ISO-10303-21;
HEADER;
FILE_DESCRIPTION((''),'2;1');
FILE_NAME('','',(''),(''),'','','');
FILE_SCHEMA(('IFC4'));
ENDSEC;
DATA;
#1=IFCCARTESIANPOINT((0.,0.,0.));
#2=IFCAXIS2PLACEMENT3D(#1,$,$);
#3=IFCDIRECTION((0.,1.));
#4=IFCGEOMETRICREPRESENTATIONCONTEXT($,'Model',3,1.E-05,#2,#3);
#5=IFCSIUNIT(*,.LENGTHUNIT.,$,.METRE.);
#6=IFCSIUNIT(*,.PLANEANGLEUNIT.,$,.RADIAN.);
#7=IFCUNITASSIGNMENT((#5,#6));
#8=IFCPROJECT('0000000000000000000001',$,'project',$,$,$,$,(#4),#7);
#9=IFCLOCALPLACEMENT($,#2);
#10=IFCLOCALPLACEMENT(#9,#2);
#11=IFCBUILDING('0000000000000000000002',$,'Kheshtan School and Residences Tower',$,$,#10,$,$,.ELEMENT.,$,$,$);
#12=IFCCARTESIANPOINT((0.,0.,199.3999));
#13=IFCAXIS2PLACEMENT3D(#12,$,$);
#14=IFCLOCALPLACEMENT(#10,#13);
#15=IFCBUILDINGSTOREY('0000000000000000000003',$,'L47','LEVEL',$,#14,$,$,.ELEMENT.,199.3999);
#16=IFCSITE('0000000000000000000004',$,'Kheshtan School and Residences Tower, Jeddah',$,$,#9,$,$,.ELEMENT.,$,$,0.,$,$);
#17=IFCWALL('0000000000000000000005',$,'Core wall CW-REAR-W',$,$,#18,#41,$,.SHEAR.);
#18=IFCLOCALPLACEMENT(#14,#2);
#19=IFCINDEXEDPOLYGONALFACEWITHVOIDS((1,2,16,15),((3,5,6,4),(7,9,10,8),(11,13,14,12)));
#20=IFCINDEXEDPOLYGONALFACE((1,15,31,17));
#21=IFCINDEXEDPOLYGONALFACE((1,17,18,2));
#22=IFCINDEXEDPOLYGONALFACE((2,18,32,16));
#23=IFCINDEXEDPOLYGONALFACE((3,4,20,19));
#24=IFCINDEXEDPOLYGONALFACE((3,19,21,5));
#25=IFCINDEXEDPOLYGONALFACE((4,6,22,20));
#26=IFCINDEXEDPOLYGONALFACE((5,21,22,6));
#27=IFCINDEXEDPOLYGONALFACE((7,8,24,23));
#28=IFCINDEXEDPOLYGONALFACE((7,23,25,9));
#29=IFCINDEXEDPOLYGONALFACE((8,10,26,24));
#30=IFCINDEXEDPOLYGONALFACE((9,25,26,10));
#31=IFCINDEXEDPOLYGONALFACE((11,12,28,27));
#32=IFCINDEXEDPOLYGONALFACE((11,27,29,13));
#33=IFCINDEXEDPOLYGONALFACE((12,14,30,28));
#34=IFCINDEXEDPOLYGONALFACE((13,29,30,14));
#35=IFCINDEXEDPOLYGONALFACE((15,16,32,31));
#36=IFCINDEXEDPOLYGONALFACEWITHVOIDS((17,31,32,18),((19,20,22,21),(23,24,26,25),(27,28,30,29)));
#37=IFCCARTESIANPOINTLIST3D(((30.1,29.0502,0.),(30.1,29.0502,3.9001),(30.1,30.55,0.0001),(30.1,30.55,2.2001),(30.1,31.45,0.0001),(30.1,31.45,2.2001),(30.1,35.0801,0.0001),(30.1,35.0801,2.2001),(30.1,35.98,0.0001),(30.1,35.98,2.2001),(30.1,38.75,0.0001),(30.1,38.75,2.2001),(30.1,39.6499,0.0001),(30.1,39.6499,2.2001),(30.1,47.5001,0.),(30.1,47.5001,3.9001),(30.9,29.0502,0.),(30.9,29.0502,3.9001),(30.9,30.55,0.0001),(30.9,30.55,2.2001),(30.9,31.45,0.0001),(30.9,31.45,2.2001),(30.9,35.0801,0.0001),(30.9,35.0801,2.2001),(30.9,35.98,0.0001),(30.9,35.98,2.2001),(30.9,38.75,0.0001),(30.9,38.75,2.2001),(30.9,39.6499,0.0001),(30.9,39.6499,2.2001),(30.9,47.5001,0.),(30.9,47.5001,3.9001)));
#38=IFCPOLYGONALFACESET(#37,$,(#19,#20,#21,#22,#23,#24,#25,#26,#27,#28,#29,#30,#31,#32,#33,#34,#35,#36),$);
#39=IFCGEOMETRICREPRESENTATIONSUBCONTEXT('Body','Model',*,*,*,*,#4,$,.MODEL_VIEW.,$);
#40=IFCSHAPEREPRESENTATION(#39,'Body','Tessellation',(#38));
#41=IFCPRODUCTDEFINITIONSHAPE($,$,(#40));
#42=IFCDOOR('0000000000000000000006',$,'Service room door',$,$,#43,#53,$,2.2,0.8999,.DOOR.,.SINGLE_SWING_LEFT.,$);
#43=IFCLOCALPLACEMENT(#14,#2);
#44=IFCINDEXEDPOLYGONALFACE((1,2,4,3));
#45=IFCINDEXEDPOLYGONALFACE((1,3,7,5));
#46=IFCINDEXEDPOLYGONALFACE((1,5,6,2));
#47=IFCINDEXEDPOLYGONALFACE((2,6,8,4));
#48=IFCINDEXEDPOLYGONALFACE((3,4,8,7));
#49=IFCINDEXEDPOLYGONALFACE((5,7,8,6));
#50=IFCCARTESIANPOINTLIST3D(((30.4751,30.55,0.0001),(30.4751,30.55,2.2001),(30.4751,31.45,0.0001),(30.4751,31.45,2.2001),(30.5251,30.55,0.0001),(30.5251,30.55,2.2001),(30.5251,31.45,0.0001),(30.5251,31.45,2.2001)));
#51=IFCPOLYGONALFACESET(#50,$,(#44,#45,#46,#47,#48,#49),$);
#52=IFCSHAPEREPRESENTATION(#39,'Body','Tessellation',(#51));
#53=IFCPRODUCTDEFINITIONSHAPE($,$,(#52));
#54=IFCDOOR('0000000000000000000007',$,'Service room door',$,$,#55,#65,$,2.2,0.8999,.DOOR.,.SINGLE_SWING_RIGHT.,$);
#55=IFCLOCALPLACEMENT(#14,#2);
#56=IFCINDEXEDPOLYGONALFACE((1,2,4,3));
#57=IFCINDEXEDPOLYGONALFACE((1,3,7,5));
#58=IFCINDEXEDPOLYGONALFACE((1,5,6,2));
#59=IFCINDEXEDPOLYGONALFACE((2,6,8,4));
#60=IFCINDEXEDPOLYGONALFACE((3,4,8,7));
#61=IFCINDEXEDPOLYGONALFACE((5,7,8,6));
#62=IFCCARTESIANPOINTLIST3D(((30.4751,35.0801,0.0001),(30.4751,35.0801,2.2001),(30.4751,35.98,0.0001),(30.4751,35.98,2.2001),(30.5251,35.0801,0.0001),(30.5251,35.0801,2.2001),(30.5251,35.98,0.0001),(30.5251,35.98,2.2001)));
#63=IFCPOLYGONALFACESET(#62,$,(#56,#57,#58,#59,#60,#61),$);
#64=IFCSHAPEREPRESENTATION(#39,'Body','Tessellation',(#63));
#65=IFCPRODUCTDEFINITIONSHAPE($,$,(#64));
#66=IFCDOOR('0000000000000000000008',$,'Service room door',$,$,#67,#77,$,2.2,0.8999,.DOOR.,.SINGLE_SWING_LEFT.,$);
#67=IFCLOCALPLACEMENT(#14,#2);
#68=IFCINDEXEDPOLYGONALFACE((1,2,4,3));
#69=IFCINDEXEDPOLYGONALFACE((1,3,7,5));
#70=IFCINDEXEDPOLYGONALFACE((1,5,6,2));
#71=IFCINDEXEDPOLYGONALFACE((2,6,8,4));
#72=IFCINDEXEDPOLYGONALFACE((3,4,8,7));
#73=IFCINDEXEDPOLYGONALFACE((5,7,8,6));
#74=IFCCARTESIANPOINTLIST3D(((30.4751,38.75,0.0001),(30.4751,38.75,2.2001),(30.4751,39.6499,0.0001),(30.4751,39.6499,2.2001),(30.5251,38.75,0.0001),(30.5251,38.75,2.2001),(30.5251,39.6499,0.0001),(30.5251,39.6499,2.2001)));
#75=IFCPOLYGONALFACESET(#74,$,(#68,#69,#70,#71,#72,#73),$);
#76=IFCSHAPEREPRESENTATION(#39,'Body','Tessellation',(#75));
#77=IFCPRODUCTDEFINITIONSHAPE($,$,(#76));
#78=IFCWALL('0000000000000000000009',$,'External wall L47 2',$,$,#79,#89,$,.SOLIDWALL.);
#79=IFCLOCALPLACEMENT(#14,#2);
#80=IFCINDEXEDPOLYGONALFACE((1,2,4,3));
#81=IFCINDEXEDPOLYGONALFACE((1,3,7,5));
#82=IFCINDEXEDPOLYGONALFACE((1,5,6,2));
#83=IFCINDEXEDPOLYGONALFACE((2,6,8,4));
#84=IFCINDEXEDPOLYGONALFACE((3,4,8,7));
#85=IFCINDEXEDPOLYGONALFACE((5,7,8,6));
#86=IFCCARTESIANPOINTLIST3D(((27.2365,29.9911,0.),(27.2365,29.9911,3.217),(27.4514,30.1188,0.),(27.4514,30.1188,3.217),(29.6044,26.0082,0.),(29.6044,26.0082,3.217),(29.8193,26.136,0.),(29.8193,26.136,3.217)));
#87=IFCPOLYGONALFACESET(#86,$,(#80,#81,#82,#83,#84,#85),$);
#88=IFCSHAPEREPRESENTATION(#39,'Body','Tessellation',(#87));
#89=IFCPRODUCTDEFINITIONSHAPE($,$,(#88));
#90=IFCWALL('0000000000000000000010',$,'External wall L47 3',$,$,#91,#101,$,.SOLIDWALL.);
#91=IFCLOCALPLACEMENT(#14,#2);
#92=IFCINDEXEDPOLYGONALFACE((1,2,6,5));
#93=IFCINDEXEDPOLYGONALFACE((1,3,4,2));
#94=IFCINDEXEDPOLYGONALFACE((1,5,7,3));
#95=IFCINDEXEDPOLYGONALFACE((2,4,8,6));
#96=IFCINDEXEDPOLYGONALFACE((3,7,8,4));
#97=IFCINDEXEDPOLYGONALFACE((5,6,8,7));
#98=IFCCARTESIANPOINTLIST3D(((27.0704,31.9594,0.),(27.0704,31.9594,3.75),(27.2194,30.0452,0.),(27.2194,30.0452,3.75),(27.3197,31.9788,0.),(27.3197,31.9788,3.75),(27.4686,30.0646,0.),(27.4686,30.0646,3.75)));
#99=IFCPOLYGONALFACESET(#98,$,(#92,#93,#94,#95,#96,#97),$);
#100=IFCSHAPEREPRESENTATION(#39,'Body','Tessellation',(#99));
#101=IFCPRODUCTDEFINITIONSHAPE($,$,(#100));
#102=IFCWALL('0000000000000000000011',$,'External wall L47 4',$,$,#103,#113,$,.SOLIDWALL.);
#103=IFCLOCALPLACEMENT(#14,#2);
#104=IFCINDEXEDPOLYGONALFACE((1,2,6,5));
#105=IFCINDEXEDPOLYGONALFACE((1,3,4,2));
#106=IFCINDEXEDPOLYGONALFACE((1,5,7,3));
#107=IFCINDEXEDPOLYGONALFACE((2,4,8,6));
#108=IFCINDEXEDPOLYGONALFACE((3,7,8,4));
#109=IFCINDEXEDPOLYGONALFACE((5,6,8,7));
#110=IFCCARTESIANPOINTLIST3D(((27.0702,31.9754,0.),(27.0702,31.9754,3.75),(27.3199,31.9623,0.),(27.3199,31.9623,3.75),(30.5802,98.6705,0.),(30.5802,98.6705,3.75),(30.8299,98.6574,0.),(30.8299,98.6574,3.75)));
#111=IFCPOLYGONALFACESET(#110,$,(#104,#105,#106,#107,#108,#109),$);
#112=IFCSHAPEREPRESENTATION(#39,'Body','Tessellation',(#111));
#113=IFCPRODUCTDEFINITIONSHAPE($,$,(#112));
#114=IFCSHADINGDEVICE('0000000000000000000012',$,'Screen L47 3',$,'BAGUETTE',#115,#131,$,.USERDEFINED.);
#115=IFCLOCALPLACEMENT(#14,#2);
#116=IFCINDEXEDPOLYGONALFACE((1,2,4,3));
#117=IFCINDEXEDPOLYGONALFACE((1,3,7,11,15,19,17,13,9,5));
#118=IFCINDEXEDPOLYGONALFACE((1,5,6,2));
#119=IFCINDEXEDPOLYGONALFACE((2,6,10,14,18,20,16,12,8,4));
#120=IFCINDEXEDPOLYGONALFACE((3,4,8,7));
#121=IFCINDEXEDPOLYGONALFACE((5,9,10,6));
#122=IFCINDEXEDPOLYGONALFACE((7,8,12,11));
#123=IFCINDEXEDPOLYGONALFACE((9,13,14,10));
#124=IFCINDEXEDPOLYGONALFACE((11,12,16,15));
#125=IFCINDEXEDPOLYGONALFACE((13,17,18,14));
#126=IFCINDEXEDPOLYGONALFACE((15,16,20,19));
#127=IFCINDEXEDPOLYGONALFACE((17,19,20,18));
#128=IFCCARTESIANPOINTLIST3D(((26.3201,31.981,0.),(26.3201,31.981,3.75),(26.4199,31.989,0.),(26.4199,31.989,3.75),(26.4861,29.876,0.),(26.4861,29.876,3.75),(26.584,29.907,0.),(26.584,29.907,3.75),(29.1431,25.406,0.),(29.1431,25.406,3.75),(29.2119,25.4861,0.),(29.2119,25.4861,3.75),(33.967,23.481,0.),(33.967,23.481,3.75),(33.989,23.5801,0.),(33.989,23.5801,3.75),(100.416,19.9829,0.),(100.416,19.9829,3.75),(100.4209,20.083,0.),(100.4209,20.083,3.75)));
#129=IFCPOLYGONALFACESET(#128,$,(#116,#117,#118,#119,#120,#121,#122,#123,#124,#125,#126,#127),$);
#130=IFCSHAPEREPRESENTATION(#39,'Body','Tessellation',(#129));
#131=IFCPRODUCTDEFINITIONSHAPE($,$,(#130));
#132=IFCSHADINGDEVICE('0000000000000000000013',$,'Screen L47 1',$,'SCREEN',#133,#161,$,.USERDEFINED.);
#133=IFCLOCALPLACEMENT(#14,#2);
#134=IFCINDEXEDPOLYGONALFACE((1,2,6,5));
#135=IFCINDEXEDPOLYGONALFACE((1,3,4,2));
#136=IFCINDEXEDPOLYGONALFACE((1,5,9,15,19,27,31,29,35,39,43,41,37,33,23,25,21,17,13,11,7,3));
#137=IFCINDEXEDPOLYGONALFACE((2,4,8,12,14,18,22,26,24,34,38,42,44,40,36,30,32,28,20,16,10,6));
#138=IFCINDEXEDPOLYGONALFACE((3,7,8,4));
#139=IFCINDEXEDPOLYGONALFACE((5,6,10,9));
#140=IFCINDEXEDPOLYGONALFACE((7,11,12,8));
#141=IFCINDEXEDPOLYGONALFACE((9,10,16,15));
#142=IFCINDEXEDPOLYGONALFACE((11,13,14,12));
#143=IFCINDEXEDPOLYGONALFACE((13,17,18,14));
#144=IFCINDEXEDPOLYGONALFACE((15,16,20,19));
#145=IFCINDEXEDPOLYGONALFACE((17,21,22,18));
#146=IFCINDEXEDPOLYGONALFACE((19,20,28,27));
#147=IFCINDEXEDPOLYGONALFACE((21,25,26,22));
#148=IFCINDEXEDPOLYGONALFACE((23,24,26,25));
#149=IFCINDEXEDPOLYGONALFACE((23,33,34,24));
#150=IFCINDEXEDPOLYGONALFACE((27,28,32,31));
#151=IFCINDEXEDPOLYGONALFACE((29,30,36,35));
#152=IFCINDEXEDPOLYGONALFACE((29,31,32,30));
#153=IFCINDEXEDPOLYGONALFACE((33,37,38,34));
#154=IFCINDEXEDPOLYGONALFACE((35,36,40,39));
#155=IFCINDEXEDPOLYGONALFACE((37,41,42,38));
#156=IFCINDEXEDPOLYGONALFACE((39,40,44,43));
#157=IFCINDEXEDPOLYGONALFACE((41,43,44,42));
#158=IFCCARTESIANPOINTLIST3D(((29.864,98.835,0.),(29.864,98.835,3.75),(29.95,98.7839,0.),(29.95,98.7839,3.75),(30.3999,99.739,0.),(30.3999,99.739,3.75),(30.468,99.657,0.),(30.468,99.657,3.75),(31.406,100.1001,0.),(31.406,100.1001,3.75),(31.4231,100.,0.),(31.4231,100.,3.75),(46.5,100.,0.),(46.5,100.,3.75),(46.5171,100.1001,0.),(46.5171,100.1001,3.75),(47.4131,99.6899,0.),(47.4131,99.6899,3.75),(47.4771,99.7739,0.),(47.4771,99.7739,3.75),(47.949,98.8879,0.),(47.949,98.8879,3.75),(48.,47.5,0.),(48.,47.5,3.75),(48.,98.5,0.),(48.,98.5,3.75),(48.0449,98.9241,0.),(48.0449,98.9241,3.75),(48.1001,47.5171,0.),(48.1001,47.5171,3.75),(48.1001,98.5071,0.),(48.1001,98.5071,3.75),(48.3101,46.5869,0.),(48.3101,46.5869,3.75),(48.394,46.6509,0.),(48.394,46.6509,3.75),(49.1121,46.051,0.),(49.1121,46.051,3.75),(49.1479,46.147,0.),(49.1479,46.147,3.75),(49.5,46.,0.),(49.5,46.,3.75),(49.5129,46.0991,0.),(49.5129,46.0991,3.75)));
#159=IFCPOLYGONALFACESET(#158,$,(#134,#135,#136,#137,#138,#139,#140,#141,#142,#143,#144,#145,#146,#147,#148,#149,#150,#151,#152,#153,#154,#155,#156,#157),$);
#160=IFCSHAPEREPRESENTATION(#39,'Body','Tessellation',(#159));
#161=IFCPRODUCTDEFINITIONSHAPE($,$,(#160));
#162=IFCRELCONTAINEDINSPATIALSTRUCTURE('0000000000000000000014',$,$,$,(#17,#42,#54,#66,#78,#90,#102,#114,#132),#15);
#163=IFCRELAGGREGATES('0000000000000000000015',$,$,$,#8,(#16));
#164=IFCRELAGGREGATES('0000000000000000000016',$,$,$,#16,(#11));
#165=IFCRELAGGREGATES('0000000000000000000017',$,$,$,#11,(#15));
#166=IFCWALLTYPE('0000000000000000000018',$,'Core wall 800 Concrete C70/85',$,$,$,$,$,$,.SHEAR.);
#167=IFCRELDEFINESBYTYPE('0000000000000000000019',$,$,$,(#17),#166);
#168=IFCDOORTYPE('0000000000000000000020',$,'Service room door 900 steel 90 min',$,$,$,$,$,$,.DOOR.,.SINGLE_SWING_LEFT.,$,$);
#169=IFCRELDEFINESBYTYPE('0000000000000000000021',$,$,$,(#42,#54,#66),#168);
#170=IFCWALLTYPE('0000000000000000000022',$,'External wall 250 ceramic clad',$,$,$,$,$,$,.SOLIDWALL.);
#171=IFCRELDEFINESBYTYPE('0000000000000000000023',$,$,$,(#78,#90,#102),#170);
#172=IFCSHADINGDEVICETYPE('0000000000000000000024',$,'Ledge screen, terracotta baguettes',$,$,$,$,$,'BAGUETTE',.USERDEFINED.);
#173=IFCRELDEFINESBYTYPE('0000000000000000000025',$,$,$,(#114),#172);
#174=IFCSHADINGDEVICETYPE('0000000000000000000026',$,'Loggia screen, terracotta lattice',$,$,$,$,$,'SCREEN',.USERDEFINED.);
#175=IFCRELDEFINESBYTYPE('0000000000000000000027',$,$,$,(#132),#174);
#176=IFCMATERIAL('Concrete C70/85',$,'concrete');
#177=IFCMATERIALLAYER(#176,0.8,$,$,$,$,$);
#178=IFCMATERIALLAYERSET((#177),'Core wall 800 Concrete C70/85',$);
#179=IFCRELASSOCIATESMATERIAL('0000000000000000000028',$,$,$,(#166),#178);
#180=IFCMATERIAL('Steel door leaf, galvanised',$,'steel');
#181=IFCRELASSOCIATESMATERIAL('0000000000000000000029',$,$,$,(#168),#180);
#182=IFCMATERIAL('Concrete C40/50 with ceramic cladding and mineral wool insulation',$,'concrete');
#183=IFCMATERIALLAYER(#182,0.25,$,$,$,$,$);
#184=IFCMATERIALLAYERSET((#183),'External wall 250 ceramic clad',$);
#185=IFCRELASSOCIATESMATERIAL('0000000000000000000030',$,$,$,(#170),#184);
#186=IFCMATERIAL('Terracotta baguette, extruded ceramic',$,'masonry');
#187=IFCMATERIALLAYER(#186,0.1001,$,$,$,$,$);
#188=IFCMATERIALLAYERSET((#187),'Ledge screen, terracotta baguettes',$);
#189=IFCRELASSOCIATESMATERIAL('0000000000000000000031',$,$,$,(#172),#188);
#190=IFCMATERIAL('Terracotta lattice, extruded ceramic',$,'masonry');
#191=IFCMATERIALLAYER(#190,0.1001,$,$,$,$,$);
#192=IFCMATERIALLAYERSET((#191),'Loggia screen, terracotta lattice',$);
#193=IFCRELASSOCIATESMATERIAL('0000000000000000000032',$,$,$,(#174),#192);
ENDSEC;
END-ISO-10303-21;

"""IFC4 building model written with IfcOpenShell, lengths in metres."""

from ifc_helpers import new_model, si_unit, direction, frame, frame_2d, origin, place, context, subcontext, project, spatial, polyline, rectangle, outline, extrude, source, transform, mapped, material, layer, layer_set, type_object, element, fill, save


model = new_model("IFC4")

# Units and contexts
model_context = context("Model", 3, precision=1e-05, world=origin(), true_north=direction((0.0, 1.0)))
body_context = subcontext(model_context, "Body", "Model", "MODEL_VIEW")
ifc_project = project(units=[si_unit("LENGTHUNIT", "METRE"), si_unit("PLANEANGLEUNIT", "RADIAN")], contexts=[model_context])

# Site, building, storey
site_placement = place(None, origin())
site = spatial("IfcSite", under=ifc_project, at=site_placement, Name="Kheshtan School and Residences Tower, Jeddah", CompositionType="ELEMENT", RefElevation=0.0)
building_placement = place(site_placement, origin())
building = spatial("IfcBuilding", under=site, at=building_placement, Name="Kheshtan School and Residences Tower", CompositionType="ELEMENT")
storey_placement = place(building_placement, frame((0.0, 0.0, 199.3999)))
storey = spatial("IfcBuildingStorey", under=building, at=storey_placement, Name="L47", Description="LEVEL", CompositionType="ELEMENT", Elevation=199.3999)

# Wall, openings, doors
ifc_material_1 = material(Name="Concrete C70/85", Category="concrete")
ifc_layer_1 = layer(ifc_material_1, 0.8)
ifc_layer_set_1 = layer_set([ifc_layer_1], Name="Core wall 800 Concrete C70/85")
wall_type_1 = type_object("IfcWallType", Name="Core wall 800 Concrete C70/85", PredefinedType="SHEAR", material=ifc_layer_set_1)
wall_1_placement = place(storey_placement, frame((30.5, 29.05, 0.0), z_axis=(0.0, 0.0, 1.0), x_axis=(0.0, 1.0, 0.0)))
wall_1 = element("IfcWall", 1, at=wall_1_placement, inside=storey, type_object=wall_type_1, Name="Core wall CW-REAR-W", PredefinedType="SHEAR", context=body_context, shape_type="SweptSolid", body=[
    extrude(rectangle(XDim=18.45, YDim=0.8, at=frame_2d((9.2251, 0.0))), origin(), (0.0, 0.0, 1.0), 3.9001),
])
opening_1_placement = place(wall_1_placement, frame((1.5, 0.0, 0.0)))
opening_1 = element("IfcOpeningElement", 2, at=opening_1_placement, cuts=wall_1, PredefinedType="OPENING", context=body_context, shape_type="SweptSolid", body=[
    extrude(rectangle(XDim=0.8999, YDim=2.2, at=frame_2d((0.45, 1.1001))), frame((0.0, 0.4102, 0.0), z_axis=(0.0, -1.0, 0.0), x_axis=(1.0, 0.0, 0.0)), (0.0, 0.0, 1.0), 0.8201),
])
opening_2_placement = place(wall_1_placement, frame((6.03, 0.0, 0.0)))
opening_2 = element("IfcOpeningElement", 3, at=opening_2_placement, cuts=wall_1, PredefinedType="OPENING", context=body_context, shape_type="SweptSolid", body=[
    extrude(rectangle(XDim=0.8999, YDim=2.2, at=frame_2d((0.45, 1.1001))), frame((0.0, 0.4102, 0.0), z_axis=(0.0, -1.0, 0.0), x_axis=(1.0, 0.0, 0.0)), (0.0, 0.0, 1.0), 0.8201),
])
opening_3_placement = place(wall_1_placement, frame((9.7, 0.0, 0.0)))
opening_3 = element("IfcOpeningElement", 4, at=opening_3_placement, cuts=wall_1, PredefinedType="OPENING", context=body_context, shape_type="SweptSolid", body=[
    extrude(rectangle(XDim=0.8999, YDim=2.2, at=frame_2d((0.45, 1.1001))), frame((0.0, 0.4102, 0.0), z_axis=(0.0, -1.0, 0.0), x_axis=(1.0, 0.0, 0.0)), (0.0, 0.0, 1.0), 0.8201),
])
ifc_material_2 = material(Name="Steel door leaf, galvanised", Category="steel")
door_type = type_object("IfcDoorType", Name="Service room door 900 steel 90 min", OperationType="SINGLE_SWING_LEFT", PredefinedType="DOOR", material=ifc_material_2)
shared_shape = source(origin(), body_context, "Body", "SweptSolid", [
    extrude(rectangle(XDim=0.8999, YDim=2.2, at=frame_2d((0.45, 1.1001))), frame((0.0, 0.0249, 0.0), z_axis=(0.0, -1.0, 0.0), x_axis=(1.0, 0.0, 0.0)), (0.0, 0.0, 1.0), 0.05),
])
door_1_placement = place(opening_1_placement, origin())
door_1 = element("IfcDoor", 5, at=door_1_placement, inside=storey, type_object=door_type, Name="Service room door", OperationType="SINGLE_SWING_LEFT", OverallHeight=2.2, OverallWidth=0.8999, PredefinedType="DOOR", context=body_context, shape_type="MappedRepresentation", body=[
    mapped(shared_shape, transform((0.0, 0.0, 0.0), x_axis=(1.0, 0.0, 0.0), y_axis=(0.0, 1.0, 0.0), z_axis=(0.0, 0.0, 1.0), scale=1.0)),
])
fill(opening_1, door_1)
door_2_placement = place(opening_2_placement, origin())
door_2 = element("IfcDoor", 6, at=door_2_placement, inside=storey, type_object=door_type, Name="Service room door", OperationType="SINGLE_SWING_RIGHT", OverallHeight=2.2, OverallWidth=0.8999, PredefinedType="DOOR", context=body_context, shape_type="MappedRepresentation", body=[
    mapped(shared_shape, transform((0.0, 0.0, 0.0), x_axis=(1.0, 0.0, 0.0), y_axis=(0.0, 1.0, 0.0), z_axis=(0.0, 0.0, 1.0), scale=1.0)),
])
fill(opening_2, door_2)
door_3_placement = place(opening_3_placement, origin())
door_3 = element("IfcDoor", 7, at=door_3_placement, inside=storey, type_object=door_type, Name="Service room door", OperationType="SINGLE_SWING_LEFT", OverallHeight=2.2, OverallWidth=0.8999, PredefinedType="DOOR", context=body_context, shape_type="MappedRepresentation", body=[
    mapped(shared_shape, transform((0.0, 0.0, 0.0), x_axis=(1.0, 0.0, 0.0), y_axis=(0.0, 1.0, 0.0), z_axis=(0.0, 0.0, 1.0), scale=1.0)),
])
fill(opening_3, door_3)

# Walls
ifc_material_3 = material(Name="Concrete C40/50 with ceramic cladding and mineral wool insulation", Category="concrete")
ifc_layer_2 = layer(ifc_material_3, 0.25)
ifc_layer_set_2 = layer_set([ifc_layer_2], Name="External wall 250 ceramic clad")
wall_type_2 = type_object("IfcWallType", Name="External wall 250 ceramic clad", PredefinedType="SOLIDWALL", material=ifc_layer_set_2)
wall_2_placement = place(storey_placement, frame((29.7119, 26.072, 0.0), z_axis=(0.0, 0.0, 1.0), x_axis=(-0.511028, 0.859564, 0.0)))
element("IfcWall", 8, at=wall_2_placement, inside=storey, type_object=wall_type_2, Name="External wall L47 2", PredefinedType="SOLIDWALL", context=body_context, shape_type="SweptSolid", body=[
    extrude(rectangle(XDim=4.6335, YDim=0.25, at=frame_2d((2.3169, 0.0))), origin(), (0.0, 0.0, 1.0), 3.217),
])
wall_3_placement = place(storey_placement, frame((27.344, 30.0549, 0.0), z_axis=(0.0, 0.0, 1.0), x_axis=(-0.077572, 0.996987, 0.0)))
element("IfcWall", 9, at=wall_3_placement, inside=storey, type_object=wall_type_2, Name="External wall L47 3", PredefinedType="SOLIDWALL", context=body_context, shape_type="SweptSolid", body=[
    extrude(rectangle(XDim=1.9199, YDim=0.25, at=frame_2d((0.96, 0.0))), origin(), (0.0, 0.0, 1.0), 3.75),
])
wall_4_placement = place(storey_placement, frame((27.1951, 31.969, 0.0), z_axis=(0.0, 0.0, 1.0), x_axis=(0.052555, 0.998618, 0.0)))
element("IfcWall", 10, at=wall_4_placement, inside=storey, type_object=wall_type_2, Name="External wall L47 4", PredefinedType="SOLIDWALL", context=body_context, shape_type="SweptSolid", body=[
    extrude(rectangle(XDim=66.7874, YDim=0.25, at=frame_2d((33.3936, 0.0))), origin(), (0.0, 0.0, 1.0), 3.75),
])

# Shading devices
ifc_material_4 = material(Name="Terracotta baguette, extruded ceramic", Category="masonry")
ifc_layer_3 = layer(ifc_material_4, 0.1001)
ifc_layer_set_3 = layer_set([ifc_layer_3], Name="Ledge screen, terracotta baguettes")
shading_device_type_1 = type_object("IfcShadingDeviceType", Name="Ledge screen, terracotta baguettes", ElementType="BAGUETTE", PredefinedType="USERDEFINED", material=ifc_layer_set_3)
shading_device_1_placement = place(storey_placement, origin())
element("IfcShadingDevice", 11, at=shading_device_1_placement, inside=storey, type_object=shading_device_type_1, Name="Screen L47 3", ObjectType="BAGUETTE", PredefinedType="USERDEFINED", context=body_context, shape_type="SweptSolid", body=[
    extrude(outline(polyline([(100.4209, 20.083), (33.989, 23.5801), (29.2119, 25.4861), (26.584, 29.907), (26.4199, 31.989), (26.3201, 31.981), (26.4861, 29.876), (29.1431, 25.406), (33.967, 23.481), (100.416, 19.9829), (100.4209, 20.083)])), origin(), (0.0, 0.0, 1.0), 3.75),
])
ifc_material_5 = material(Name="Terracotta lattice, extruded ceramic", Category="masonry")
ifc_layer_4 = layer(ifc_material_5, 0.1001)
ifc_layer_set_4 = layer_set([ifc_layer_4], Name="Loggia screen, terracotta lattice")
shading_device_type_2 = type_object("IfcShadingDeviceType", Name="Loggia screen, terracotta lattice", ElementType="SCREEN", PredefinedType="USERDEFINED", material=ifc_layer_set_4)
shading_device_2_placement = place(storey_placement, origin())
element("IfcShadingDevice", 12, at=shading_device_2_placement, inside=storey, type_object=shading_device_type_2, Name="Screen L47 1", ObjectType="SCREEN", PredefinedType="USERDEFINED", context=body_context, shape_type="SweptSolid", body=[
    extrude(outline(polyline([(29.95, 98.7839), (30.468, 99.657), (31.4231, 100.0), (46.5, 100.0), (47.4131, 99.6899), (47.949, 98.8879), (48.0, 98.5), (48.0, 47.5), (48.3101, 46.5869), (49.1121, 46.051), (49.5, 46.0), (49.5129, 46.0991), (49.1479, 46.147), (48.394, 46.6509), (48.1001, 47.5171), (48.1001, 98.5071), (48.0449, 98.9241), (47.4771, 99.7739), (46.5171, 100.1001), (31.406, 100.1001), (30.3999, 99.739), (29.864, 98.835), (29.95, 98.7839)])), origin(), (0.0, 0.0, 1.0), 3.75),
])

save(model, "model.ifc")
